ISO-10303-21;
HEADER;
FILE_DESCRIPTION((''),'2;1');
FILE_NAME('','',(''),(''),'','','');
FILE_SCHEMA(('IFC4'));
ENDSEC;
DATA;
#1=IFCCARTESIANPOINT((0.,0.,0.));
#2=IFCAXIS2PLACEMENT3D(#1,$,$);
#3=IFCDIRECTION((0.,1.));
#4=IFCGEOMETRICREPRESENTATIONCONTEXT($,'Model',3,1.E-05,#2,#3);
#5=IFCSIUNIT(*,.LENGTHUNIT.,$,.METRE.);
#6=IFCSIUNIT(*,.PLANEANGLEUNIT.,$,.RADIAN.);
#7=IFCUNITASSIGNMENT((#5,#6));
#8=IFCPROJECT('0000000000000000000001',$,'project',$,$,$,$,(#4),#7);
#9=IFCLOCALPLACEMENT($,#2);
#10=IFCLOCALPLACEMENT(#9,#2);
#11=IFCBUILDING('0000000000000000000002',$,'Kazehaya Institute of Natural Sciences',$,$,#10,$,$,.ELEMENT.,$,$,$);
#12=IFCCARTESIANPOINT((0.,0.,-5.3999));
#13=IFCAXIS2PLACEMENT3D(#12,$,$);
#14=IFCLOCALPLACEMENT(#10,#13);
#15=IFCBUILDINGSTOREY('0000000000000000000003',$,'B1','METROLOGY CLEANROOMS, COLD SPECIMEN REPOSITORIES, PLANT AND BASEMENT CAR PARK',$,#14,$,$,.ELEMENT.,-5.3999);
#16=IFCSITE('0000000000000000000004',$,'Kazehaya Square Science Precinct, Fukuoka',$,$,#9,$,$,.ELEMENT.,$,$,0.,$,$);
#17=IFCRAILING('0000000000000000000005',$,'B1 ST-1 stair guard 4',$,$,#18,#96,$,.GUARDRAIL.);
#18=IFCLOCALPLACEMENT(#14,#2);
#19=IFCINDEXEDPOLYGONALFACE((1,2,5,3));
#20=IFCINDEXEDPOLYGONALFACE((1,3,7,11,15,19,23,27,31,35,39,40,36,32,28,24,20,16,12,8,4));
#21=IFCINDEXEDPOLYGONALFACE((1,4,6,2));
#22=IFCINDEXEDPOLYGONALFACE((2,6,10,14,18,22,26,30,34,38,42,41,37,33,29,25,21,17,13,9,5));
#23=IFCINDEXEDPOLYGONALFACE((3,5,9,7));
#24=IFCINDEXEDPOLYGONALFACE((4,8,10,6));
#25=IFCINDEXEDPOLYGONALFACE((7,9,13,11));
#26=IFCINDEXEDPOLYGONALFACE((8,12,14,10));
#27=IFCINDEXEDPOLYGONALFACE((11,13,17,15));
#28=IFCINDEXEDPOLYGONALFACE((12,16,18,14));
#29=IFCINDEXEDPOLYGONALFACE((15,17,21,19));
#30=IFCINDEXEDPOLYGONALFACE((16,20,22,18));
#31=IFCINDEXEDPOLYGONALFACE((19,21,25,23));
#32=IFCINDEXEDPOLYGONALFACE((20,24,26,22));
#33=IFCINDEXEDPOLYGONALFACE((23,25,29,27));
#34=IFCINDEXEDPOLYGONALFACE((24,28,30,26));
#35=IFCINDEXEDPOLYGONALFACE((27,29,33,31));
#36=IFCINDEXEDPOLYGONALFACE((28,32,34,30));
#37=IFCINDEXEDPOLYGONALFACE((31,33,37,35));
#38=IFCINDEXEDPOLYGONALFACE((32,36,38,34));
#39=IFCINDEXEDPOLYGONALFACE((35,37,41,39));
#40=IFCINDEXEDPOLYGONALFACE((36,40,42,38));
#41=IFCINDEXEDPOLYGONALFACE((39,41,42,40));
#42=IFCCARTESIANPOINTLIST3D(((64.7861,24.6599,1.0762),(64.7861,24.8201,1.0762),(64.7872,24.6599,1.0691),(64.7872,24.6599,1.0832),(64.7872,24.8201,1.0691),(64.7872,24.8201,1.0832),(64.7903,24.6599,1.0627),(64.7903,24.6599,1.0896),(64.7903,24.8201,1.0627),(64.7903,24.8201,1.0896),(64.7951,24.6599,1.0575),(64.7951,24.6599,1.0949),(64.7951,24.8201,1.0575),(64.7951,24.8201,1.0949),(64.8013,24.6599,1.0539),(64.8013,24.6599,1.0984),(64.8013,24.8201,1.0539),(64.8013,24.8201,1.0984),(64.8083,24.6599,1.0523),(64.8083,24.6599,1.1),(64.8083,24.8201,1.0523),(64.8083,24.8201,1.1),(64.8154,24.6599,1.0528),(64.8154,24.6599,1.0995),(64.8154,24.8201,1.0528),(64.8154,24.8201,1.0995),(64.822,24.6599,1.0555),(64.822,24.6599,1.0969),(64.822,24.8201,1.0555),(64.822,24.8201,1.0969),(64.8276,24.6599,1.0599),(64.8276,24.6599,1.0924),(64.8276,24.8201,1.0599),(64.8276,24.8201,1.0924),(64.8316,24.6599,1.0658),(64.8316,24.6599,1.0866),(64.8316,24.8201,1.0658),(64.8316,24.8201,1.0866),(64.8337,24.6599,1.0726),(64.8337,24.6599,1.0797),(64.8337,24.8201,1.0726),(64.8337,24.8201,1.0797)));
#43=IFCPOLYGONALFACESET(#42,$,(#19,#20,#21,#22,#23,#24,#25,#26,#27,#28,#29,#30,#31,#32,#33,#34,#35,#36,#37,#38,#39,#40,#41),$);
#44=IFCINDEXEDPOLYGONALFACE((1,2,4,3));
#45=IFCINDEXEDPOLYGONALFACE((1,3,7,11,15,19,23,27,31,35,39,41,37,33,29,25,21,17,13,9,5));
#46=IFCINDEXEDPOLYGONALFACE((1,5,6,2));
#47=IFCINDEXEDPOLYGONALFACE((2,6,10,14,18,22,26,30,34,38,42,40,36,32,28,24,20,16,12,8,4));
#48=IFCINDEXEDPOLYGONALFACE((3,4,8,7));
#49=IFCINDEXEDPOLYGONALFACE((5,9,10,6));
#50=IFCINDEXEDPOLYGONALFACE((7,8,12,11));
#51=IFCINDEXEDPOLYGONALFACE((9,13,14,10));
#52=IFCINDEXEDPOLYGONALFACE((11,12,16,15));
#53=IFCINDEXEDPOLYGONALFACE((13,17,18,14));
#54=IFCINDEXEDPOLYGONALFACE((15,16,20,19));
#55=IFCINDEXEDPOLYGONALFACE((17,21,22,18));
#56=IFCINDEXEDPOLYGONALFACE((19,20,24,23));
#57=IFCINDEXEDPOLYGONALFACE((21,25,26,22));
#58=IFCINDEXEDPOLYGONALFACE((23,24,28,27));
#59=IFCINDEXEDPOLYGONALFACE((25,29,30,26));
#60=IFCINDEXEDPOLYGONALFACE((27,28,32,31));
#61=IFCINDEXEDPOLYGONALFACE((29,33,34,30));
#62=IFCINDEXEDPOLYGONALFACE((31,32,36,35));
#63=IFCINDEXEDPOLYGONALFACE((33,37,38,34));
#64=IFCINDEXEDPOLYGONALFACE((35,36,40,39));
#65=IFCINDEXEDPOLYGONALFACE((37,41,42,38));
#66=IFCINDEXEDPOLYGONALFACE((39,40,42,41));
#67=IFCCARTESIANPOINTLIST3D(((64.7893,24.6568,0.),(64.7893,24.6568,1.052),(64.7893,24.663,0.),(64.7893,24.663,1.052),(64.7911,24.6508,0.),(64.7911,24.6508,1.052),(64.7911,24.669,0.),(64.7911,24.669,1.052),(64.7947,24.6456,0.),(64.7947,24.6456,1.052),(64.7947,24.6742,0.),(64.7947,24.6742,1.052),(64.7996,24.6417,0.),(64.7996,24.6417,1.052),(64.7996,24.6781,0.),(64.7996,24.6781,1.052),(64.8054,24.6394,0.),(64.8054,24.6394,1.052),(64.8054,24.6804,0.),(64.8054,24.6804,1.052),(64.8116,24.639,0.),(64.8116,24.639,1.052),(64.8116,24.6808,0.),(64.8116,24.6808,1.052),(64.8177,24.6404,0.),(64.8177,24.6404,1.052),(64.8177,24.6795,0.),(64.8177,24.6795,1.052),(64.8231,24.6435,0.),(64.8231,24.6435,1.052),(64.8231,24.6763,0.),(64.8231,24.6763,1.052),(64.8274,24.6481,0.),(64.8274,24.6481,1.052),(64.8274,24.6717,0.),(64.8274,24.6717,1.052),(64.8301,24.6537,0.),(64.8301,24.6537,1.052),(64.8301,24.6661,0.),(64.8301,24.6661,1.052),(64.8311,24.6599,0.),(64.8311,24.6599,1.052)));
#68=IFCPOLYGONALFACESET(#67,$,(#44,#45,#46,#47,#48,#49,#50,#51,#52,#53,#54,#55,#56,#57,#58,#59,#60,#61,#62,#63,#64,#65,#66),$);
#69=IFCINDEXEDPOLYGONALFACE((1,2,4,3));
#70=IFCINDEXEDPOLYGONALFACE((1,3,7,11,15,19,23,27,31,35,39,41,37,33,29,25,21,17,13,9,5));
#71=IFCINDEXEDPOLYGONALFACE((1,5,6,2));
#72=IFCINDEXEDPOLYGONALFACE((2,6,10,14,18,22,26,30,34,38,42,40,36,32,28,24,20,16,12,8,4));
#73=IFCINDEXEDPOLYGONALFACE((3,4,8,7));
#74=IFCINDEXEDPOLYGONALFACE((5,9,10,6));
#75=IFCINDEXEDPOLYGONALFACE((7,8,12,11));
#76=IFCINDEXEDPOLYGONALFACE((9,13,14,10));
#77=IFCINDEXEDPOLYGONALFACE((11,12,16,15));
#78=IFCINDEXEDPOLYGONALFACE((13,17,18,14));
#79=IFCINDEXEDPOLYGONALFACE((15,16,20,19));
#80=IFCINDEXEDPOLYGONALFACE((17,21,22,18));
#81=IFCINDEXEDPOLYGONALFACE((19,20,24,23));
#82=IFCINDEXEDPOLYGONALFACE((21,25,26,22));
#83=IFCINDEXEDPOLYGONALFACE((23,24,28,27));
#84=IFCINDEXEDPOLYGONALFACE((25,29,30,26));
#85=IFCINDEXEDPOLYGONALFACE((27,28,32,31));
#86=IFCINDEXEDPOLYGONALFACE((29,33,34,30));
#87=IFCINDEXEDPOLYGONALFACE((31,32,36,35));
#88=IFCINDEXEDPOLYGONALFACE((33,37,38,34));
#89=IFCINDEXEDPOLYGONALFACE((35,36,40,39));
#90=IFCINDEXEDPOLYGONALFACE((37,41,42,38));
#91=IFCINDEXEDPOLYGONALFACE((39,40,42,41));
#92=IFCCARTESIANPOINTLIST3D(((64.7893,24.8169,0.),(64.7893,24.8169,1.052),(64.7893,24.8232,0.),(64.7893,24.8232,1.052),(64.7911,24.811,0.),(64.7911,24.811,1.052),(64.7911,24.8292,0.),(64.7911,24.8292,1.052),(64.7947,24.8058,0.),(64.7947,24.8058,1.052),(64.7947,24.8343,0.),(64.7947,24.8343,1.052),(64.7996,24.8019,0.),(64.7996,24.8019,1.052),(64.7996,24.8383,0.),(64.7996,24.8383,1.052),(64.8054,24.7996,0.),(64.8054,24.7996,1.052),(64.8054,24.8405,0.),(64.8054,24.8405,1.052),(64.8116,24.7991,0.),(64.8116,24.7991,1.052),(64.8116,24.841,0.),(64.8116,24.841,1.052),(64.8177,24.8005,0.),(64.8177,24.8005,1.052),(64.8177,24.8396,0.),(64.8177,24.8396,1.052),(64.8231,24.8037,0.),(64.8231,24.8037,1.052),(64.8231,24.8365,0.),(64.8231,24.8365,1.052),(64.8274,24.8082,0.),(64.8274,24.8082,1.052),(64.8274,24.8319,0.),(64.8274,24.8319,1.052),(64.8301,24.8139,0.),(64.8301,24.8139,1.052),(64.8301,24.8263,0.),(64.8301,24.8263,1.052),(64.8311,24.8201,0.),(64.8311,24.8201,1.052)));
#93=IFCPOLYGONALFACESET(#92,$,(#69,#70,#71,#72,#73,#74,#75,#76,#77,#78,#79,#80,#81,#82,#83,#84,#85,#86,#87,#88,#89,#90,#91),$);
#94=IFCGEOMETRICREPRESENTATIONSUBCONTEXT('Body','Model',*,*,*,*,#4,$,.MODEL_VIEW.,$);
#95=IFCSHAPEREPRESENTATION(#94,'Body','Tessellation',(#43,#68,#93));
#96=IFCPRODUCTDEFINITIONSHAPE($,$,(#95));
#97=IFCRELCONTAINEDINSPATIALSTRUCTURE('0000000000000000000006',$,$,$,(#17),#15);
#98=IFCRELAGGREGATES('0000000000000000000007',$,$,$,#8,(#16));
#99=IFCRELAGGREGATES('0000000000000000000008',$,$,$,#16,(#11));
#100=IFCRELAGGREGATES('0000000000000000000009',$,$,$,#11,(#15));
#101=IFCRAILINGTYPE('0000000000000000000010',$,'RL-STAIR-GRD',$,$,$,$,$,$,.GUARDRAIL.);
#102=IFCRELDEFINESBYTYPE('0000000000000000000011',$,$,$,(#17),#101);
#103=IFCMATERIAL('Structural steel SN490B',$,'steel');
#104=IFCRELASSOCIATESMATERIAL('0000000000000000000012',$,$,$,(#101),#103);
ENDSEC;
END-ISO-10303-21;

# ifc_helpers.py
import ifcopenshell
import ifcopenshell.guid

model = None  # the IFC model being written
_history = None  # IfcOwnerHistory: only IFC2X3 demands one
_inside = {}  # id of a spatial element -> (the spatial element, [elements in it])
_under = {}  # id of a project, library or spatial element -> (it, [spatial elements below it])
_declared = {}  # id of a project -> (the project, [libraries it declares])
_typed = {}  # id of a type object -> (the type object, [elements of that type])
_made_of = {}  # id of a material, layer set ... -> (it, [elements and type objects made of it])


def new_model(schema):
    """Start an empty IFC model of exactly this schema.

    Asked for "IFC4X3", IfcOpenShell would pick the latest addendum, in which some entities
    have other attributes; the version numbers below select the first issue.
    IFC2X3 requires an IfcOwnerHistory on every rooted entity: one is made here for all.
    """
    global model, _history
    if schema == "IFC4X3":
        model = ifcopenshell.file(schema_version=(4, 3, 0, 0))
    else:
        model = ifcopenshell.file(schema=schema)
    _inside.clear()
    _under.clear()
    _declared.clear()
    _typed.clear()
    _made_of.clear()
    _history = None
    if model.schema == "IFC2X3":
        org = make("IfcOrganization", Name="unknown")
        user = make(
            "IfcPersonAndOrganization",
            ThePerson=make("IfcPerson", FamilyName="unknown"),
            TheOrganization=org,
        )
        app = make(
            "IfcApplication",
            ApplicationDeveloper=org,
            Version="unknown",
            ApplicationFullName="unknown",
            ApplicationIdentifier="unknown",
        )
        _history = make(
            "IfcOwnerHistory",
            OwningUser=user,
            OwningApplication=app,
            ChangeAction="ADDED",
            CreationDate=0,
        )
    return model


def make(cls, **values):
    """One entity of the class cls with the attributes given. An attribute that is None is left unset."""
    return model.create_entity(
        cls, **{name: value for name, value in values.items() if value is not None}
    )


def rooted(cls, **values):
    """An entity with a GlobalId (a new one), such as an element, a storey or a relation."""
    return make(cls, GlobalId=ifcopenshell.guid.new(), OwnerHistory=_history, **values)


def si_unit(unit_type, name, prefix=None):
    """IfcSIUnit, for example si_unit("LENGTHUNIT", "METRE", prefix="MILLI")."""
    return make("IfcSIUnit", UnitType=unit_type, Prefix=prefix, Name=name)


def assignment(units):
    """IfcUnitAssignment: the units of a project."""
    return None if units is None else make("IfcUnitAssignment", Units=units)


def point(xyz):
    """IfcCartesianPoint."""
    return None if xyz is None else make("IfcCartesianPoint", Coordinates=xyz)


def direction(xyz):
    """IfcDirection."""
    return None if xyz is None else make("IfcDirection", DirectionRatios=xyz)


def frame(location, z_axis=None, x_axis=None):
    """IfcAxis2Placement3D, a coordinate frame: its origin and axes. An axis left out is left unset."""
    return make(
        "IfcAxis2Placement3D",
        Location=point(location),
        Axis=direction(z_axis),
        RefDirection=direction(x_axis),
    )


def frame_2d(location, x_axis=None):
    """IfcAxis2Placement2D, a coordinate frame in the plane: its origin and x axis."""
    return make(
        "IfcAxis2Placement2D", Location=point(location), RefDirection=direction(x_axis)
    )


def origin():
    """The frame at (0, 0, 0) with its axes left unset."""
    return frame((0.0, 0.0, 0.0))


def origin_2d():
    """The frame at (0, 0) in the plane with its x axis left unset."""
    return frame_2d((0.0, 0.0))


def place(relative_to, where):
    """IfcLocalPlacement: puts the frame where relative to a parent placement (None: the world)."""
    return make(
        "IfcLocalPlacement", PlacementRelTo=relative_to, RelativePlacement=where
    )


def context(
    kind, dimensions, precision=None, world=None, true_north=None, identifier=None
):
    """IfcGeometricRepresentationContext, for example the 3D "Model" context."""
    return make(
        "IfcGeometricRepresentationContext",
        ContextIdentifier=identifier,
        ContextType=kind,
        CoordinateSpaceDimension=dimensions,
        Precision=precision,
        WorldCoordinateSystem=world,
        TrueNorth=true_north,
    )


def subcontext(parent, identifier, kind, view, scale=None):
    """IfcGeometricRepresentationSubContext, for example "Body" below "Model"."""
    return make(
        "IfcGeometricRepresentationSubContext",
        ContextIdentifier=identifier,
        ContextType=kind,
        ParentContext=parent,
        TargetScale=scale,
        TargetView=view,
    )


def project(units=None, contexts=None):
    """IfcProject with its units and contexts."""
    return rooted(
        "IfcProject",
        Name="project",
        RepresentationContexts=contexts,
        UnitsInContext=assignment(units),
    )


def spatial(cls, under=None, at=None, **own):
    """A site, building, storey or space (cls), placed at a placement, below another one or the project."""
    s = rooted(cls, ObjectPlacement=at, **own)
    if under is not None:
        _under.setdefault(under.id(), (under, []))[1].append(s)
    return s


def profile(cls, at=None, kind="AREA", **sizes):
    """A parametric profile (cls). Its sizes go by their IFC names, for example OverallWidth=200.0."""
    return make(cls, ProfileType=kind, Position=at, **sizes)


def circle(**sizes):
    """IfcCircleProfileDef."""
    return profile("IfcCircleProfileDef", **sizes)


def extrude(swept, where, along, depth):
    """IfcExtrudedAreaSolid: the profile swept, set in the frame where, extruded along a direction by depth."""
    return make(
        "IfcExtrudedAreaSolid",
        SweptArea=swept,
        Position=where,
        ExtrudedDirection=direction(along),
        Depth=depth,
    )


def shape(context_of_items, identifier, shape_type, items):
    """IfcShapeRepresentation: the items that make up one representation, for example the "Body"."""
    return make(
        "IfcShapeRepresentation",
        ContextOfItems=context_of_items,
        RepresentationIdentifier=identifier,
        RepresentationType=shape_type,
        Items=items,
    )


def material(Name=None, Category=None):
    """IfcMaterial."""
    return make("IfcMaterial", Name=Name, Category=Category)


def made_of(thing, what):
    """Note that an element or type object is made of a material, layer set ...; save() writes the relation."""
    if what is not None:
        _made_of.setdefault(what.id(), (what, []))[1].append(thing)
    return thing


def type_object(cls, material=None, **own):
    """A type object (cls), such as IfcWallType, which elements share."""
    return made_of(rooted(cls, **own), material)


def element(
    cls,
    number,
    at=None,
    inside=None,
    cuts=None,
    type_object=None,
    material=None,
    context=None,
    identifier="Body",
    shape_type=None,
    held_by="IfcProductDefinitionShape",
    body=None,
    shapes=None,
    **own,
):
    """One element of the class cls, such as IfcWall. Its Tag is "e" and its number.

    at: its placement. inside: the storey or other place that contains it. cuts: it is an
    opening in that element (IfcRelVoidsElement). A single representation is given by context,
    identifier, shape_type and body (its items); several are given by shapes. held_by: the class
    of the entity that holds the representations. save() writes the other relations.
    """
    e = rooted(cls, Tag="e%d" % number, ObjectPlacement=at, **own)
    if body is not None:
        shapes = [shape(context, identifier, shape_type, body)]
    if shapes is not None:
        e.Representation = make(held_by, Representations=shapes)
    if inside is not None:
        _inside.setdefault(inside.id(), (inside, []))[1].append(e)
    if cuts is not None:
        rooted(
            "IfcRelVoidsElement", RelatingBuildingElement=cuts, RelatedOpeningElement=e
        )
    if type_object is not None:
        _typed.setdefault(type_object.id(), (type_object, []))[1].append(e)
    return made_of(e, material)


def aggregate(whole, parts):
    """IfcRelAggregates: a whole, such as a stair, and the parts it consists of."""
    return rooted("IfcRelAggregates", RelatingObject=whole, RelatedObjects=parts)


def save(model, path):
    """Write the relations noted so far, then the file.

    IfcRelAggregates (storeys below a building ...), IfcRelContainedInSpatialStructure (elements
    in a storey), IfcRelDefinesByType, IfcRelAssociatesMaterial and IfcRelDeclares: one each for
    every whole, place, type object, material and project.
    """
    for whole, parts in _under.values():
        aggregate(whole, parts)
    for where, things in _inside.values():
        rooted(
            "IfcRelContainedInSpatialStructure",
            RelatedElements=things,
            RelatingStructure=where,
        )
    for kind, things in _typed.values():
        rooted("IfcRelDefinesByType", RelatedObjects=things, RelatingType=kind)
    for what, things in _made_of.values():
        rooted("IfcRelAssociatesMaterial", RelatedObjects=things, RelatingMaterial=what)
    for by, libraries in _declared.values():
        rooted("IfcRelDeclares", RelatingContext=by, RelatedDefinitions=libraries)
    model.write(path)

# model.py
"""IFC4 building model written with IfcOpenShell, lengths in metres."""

from ifc_helpers import new_model, si_unit, direction, frame, origin, origin_2d, place, context, subcontext, project, spatial, circle, extrude, material, type_object, element, save


model = new_model("IFC4")

# Units and contexts
model_context = context("Model", 3, precision=1e-05, world=origin(), true_north=direction((0.0, 1.0)))
body_context = subcontext(model_context, "Body", "Model", "MODEL_VIEW")
ifc_project = project(units=[si_unit("LENGTHUNIT", "METRE"), si_unit("PLANEANGLEUNIT", "RADIAN")], contexts=[model_context])

# Site, building, storey
site_placement = place(None, origin())
site = spatial("IfcSite", under=ifc_project, at=site_placement, Name="Kazehaya Square Science Precinct, Fukuoka", CompositionType="ELEMENT", RefElevation=0.0)
building_placement = place(site_placement, origin())
building = spatial("IfcBuilding", under=site, at=building_placement, Name="Kazehaya Institute of Natural Sciences", CompositionType="ELEMENT")
storey_placement = place(building_placement, frame((0.0, 0.0, -5.3999)))
storey = spatial("IfcBuildingStorey", under=building, at=storey_placement, Name="B1", Description="METROLOGY CLEANROOMS, COLD SPECIMEN REPOSITORIES, PLANT AND BASEMENT CAR PARK", CompositionType="ELEMENT", Elevation=-5.3999)

# Railing
ifc_material_1 = material(Name="Structural steel SN490B", Category="steel")
railing_type_1 = type_object("IfcRailingType", Name="RL-STAIR-GRD", PredefinedType="GUARDRAIL", material=ifc_material_1)
railing_1_placement = place(storey_placement, frame((64.8101, 24.6599, 0.0)))
element("IfcRailing", 1, at=railing_1_placement, inside=storey, type_object=railing_type_1, Name="B1 ST-1 stair guard 4", PredefinedType="GUARDRAIL", context=body_context, shape_type="SweptSolid", body=[
    extrude(circle(Radius=0.0239, at=origin_2d()), frame((0.0, 0.0, 1.0762), z_axis=(0.0, 1.0, 0.0), x_axis=(-1.0, 0.0, 0.0)), (0.0, 0.0, 1.0), 0.1602),
    extrude(circle(Radius=0.021, at=origin_2d()), origin(), (0.0, 0.0, 1.0), 1.052),
    extrude(circle(Radius=0.021, at=origin_2d()), frame((0.0, 0.1602, 0.0)), (0.0, 0.0, 1.0), 1.052),
])

save(model, "model.ifc")
